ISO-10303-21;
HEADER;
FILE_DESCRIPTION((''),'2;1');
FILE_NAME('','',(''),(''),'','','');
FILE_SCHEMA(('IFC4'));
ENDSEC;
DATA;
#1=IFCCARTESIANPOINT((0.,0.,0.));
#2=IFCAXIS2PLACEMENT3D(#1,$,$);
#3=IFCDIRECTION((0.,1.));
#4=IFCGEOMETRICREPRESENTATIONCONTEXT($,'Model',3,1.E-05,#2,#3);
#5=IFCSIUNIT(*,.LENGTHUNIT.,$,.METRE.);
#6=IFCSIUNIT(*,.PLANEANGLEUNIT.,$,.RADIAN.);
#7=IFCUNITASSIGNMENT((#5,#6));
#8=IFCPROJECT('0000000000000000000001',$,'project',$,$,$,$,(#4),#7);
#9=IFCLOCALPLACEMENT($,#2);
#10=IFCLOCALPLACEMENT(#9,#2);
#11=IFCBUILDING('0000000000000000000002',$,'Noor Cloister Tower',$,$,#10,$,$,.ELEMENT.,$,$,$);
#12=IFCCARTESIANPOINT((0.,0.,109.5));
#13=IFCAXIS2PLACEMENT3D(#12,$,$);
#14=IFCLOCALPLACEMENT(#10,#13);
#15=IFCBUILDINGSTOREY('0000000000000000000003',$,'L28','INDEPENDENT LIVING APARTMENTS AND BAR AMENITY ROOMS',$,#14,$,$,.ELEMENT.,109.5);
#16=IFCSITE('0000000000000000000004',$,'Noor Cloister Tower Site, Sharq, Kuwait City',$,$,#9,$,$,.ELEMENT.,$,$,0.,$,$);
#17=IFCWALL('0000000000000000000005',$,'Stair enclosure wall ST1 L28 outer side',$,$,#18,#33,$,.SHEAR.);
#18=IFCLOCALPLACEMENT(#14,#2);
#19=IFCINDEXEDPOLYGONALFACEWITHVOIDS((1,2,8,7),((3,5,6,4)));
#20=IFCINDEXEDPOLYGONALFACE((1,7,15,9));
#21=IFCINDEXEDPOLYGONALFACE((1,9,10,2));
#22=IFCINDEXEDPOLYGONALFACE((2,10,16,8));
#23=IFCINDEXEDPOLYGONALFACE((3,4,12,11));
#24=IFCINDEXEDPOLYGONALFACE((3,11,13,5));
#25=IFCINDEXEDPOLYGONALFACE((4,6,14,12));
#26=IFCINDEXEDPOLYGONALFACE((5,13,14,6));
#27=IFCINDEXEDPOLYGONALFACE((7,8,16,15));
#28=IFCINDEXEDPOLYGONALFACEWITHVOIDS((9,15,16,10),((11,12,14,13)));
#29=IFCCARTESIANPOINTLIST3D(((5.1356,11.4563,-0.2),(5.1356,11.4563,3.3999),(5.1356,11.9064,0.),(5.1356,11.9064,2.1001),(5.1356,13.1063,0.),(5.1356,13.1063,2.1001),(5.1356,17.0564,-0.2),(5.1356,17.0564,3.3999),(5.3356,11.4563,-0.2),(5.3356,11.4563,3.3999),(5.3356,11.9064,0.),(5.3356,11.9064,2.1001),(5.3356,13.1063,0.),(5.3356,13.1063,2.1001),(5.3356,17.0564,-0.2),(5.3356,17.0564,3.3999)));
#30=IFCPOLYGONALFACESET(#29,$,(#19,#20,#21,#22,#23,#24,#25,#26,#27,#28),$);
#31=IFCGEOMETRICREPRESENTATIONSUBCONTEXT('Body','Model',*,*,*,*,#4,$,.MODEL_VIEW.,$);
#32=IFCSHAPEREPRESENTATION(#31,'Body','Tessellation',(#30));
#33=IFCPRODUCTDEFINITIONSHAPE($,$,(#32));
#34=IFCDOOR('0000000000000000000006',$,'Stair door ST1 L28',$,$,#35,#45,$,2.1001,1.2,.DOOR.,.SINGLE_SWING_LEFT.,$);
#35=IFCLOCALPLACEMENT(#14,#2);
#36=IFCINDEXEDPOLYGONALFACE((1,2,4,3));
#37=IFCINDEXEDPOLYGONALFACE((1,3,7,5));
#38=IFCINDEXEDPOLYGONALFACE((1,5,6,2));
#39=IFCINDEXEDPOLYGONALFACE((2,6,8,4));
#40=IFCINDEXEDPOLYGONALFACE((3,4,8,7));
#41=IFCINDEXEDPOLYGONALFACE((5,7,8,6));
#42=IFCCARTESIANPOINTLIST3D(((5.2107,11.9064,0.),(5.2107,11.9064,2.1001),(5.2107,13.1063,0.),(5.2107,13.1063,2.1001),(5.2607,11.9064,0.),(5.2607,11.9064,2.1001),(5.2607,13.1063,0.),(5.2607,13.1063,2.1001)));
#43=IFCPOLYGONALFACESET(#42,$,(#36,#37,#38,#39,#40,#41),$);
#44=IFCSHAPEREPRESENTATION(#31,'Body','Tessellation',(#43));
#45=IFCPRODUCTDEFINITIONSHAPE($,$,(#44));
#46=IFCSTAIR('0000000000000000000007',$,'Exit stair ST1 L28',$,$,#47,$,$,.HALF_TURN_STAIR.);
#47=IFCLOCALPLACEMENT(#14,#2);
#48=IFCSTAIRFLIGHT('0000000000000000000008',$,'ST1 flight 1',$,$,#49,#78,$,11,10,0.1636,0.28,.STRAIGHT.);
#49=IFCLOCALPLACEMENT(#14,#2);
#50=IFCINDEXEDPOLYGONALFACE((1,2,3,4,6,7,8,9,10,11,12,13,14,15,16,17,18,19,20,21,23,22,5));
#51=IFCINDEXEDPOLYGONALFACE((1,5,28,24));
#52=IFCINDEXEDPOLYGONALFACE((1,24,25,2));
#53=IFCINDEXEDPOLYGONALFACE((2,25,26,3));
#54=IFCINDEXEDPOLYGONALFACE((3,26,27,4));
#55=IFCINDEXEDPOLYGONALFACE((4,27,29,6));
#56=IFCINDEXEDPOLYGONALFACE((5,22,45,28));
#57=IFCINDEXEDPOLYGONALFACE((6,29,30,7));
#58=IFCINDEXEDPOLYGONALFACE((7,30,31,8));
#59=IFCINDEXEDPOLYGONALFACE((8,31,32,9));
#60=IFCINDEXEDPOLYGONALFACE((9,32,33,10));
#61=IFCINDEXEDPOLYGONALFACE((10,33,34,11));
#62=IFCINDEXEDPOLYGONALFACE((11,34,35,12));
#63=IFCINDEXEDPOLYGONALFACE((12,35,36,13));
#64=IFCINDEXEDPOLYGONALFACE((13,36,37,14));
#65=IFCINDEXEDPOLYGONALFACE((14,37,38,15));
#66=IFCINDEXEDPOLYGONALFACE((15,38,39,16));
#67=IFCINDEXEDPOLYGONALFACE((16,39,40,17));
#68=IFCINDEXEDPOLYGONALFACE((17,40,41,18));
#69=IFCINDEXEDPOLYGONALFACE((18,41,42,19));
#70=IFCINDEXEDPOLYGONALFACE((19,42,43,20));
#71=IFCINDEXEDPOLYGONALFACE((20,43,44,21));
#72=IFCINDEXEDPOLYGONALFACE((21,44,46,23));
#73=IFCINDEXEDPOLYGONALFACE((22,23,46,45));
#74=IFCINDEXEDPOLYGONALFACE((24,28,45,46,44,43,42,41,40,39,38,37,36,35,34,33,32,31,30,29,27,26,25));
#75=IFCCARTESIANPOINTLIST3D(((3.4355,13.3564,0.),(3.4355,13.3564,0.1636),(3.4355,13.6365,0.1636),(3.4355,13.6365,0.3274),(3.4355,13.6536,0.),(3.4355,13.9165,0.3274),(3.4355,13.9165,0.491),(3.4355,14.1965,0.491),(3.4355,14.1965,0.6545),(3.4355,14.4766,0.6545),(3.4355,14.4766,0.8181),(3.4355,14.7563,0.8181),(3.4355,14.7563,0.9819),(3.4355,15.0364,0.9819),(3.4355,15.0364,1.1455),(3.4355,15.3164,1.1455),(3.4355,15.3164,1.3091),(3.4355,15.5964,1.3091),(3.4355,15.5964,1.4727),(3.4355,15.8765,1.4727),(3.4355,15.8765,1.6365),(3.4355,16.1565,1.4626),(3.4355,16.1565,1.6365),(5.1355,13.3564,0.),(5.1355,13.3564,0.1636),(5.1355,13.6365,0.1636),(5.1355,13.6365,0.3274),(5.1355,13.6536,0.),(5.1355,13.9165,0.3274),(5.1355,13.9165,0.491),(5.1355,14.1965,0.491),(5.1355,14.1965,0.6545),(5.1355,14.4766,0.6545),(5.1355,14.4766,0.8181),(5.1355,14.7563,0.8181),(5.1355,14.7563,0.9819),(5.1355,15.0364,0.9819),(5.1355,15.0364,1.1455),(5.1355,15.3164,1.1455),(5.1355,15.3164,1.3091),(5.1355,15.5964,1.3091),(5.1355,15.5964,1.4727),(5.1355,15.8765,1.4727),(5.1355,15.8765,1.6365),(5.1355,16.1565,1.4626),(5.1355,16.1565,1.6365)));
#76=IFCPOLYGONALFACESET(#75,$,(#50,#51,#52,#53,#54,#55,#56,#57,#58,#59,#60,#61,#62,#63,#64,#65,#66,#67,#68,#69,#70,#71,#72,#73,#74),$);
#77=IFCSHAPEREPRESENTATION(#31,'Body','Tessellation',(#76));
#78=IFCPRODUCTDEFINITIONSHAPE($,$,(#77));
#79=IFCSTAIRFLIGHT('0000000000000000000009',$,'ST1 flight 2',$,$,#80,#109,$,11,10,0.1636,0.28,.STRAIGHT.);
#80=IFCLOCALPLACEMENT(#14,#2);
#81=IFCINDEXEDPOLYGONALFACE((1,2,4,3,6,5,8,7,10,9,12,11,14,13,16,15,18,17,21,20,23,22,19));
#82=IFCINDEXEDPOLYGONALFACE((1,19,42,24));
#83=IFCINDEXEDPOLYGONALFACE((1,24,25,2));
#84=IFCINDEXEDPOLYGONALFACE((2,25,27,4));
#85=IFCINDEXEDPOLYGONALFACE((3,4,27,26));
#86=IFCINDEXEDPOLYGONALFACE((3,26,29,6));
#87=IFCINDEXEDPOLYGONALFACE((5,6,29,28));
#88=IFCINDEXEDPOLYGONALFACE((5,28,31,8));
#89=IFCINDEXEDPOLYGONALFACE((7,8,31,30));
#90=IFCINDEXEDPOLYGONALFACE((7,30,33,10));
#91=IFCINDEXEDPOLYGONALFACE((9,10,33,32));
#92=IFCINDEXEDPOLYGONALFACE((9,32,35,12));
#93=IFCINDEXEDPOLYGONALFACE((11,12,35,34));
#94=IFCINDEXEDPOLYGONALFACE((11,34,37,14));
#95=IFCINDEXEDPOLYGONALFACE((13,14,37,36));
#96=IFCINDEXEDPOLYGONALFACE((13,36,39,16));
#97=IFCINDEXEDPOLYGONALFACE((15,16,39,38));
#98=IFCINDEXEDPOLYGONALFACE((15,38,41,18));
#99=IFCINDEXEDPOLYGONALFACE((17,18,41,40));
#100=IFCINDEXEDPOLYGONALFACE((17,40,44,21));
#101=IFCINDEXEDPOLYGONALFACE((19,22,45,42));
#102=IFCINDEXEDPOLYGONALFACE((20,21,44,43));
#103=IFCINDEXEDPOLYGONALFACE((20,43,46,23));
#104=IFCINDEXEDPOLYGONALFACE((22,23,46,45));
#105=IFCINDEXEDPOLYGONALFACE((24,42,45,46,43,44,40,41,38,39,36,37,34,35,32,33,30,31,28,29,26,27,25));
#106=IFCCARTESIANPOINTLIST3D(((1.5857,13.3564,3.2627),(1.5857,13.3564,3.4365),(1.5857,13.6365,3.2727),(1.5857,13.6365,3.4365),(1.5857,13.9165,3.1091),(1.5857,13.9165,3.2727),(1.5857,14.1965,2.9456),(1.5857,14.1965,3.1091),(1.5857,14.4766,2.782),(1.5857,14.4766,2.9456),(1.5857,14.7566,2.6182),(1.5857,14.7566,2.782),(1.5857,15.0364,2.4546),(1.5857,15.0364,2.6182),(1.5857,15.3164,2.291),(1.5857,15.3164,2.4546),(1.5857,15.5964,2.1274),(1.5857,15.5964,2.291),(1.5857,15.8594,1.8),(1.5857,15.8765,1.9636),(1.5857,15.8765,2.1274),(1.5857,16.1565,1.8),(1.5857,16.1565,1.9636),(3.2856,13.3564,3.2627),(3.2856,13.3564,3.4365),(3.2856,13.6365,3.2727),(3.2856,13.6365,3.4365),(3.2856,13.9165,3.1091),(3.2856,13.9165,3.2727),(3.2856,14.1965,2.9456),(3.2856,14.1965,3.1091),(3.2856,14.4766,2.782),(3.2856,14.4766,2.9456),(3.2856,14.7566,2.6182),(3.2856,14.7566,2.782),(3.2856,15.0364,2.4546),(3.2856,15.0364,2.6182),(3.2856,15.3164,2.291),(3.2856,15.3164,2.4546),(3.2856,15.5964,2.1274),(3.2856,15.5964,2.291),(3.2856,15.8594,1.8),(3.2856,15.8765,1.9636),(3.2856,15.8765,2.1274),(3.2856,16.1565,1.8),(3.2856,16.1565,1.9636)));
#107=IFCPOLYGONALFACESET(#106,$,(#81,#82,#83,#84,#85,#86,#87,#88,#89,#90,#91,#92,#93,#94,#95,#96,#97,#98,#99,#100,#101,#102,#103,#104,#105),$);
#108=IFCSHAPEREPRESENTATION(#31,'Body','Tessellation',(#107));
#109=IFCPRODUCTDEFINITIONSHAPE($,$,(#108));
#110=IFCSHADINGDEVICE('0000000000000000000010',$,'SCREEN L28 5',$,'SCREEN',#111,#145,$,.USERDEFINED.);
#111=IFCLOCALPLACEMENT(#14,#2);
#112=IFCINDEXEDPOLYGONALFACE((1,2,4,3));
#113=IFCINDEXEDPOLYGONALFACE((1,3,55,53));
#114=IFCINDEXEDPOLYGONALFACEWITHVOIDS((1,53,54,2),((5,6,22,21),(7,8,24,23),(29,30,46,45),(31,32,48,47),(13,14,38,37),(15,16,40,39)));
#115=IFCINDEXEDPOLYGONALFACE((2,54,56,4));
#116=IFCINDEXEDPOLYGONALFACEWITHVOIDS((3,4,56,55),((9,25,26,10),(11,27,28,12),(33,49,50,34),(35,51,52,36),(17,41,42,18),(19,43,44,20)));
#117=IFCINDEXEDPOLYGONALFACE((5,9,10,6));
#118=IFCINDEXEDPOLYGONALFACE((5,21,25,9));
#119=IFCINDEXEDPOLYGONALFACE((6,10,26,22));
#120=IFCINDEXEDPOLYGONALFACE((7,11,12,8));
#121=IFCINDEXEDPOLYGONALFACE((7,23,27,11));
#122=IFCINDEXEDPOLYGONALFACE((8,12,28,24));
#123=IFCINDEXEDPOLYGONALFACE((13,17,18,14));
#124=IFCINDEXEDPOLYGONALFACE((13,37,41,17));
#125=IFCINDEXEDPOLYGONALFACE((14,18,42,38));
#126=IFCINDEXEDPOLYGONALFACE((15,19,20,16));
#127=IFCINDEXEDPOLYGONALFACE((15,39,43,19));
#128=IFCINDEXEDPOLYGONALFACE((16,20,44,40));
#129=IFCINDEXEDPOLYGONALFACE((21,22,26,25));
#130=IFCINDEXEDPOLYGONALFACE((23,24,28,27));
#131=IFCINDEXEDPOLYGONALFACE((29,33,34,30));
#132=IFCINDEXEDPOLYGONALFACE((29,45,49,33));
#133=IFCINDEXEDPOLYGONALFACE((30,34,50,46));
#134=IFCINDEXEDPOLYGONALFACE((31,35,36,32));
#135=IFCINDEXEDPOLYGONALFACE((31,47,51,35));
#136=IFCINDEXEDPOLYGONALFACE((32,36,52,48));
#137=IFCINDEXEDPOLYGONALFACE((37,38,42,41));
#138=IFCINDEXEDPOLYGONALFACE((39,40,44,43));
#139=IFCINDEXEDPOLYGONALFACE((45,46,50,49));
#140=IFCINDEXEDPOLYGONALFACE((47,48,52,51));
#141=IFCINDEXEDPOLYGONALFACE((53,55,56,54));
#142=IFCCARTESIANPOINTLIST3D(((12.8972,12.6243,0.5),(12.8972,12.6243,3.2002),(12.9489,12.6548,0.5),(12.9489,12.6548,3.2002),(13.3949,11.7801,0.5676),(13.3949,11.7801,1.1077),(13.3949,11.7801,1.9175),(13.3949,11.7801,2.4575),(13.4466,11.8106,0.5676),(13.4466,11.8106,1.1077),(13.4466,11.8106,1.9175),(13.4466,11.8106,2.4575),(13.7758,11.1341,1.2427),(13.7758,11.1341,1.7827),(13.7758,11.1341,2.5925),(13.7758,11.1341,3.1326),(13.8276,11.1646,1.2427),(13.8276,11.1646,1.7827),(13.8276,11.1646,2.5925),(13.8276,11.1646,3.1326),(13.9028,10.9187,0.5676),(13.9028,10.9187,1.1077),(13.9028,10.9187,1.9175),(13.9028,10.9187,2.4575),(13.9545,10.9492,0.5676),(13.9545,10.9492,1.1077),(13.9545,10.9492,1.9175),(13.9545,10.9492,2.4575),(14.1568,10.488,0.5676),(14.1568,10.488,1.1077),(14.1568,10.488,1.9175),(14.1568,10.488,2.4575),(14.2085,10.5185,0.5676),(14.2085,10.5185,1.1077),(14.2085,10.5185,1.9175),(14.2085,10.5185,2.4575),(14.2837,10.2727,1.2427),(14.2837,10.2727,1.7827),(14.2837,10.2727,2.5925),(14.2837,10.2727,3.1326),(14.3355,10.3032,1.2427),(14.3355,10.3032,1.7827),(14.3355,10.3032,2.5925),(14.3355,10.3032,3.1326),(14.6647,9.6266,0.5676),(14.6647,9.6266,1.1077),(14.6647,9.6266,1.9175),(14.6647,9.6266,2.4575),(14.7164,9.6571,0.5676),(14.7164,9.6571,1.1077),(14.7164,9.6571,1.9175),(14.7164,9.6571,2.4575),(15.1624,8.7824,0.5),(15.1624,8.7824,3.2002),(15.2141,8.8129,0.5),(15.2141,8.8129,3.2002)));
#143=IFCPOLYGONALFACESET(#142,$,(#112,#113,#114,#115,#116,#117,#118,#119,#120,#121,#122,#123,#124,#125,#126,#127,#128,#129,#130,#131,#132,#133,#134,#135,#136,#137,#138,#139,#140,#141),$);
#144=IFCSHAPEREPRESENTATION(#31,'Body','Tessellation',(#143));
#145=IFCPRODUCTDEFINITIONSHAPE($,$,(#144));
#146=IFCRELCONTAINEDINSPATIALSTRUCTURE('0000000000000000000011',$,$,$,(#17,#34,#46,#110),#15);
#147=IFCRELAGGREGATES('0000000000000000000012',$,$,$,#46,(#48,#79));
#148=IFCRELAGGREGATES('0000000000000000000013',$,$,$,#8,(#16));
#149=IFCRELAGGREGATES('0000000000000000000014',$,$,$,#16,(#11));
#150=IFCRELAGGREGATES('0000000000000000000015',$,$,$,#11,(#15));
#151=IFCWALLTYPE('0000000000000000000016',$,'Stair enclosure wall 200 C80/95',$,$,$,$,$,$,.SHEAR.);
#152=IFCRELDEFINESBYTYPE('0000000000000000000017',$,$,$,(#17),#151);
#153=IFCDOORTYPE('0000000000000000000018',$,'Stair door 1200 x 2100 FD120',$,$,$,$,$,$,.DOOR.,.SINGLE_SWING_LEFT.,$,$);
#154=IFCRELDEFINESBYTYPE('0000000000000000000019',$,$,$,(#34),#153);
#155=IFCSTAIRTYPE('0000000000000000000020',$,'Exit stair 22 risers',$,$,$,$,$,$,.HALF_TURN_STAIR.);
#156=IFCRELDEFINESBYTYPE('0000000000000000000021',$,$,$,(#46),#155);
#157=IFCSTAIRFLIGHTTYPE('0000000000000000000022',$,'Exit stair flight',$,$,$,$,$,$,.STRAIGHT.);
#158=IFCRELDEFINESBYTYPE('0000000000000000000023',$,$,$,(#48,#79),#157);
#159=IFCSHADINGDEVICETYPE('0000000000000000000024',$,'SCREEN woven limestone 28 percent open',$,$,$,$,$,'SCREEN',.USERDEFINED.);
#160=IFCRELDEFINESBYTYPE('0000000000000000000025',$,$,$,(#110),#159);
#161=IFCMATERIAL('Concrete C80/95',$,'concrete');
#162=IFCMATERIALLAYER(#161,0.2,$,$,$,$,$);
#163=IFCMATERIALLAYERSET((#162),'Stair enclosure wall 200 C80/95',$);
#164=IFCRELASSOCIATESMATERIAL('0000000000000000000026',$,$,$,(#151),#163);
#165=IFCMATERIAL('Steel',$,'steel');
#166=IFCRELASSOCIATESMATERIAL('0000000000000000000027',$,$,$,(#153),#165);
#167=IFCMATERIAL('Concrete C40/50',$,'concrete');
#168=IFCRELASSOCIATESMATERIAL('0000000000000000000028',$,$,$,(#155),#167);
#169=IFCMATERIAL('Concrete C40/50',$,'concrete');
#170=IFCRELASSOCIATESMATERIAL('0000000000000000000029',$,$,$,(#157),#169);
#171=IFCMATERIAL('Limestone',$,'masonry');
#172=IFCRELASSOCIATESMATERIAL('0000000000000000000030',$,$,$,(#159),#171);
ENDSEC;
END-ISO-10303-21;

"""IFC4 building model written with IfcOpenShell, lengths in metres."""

from ifc_helpers import new_model, si_unit, direction, frame, frame_2d, origin, place, context, subcontext, project, spatial, polyline, rectangle, outline, extrude, material, layer, layer_set, material_profile, profile_set, type_object, element, fill, aggregate, save


model = new_model("IFC4")

# Units and contexts
model_context = context("Model", 3, precision=1e-05, world=origin(), true_north=direction((0.0, 1.0)))
body_context = subcontext(model_context, "Body", "Model", "MODEL_VIEW")
ifc_project = project(units=[si_unit("LENGTHUNIT", "METRE"), si_unit("PLANEANGLEUNIT", "RADIAN")], contexts=[model_context])

# Site, building, storey
site_placement = place(None, origin())
site = spatial("IfcSite", under=ifc_project, at=site_placement, Name="Noor Cloister Tower Site, Sharq, Kuwait City", CompositionType="ELEMENT", RefElevation=0.0)
building_placement = place(site_placement, origin())
building = spatial("IfcBuilding", under=site, at=building_placement, Name="Noor Cloister Tower", CompositionType="ELEMENT")
storey_placement = place(building_placement, frame((0.0, 0.0, 109.5)))
storey = spatial("IfcBuildingStorey", under=building, at=storey_placement, Name="L28", Description="INDEPENDENT LIVING APARTMENTS AND BAR AMENITY ROOMS", CompositionType="ELEMENT", Elevation=109.5)

# Wall, opening, door
ifc_material_1 = material(Name="Concrete C80/95", Category="concrete")
ifc_layer_1 = layer(ifc_material_1, 0.2)
ifc_layer_set_1 = layer_set([ifc_layer_1], Name="Stair enclosure wall 200 C80/95")
wall_type_1 = type_object("IfcWallType", Name="Stair enclosure wall 200 C80/95", PredefinedType="SHEAR", material=ifc_layer_set_1)
ifc_material_2 = material(Name="Steel", Category="steel")
door_type_1 = type_object("IfcDoorType", Name="Stair door 1200 x 2100 FD120", OperationType="SINGLE_SWING_LEFT", PredefinedType="DOOR", material=ifc_material_2)
wall_1_placement = place(storey_placement, frame((5.2356, 11.4563, -0.2), z_axis=(0.0, 0.0, 1.0), x_axis=(0.0, 1.0, 0.0)))
wall_1 = element("IfcWall", 1, at=wall_1_placement, inside=storey, type_object=wall_type_1, Name="Stair enclosure wall ST1 L28 outer side", PredefinedType="SHEAR", context=body_context, shape_type="SweptSolid", body=[
    extrude(rectangle(XDim=5.6001, YDim=0.2, at=frame_2d((2.8, 0.0))), origin(), (0.0, 0.0, 1.0), 3.5999),
])
opening_1_placement = place(wall_1_placement, frame((0.45, 0.0, 0.2)))
opening_1 = element("IfcOpeningElement", 2, at=opening_1_placement, cuts=wall_1, PredefinedType="OPENING", context=body_context, shape_type="SweptSolid", body=[
    extrude(rectangle(XDim=1.2, YDim=2.1001, at=frame_2d((0.6001, 1.05))), frame((0.0, 0.1099, 0.0), z_axis=(0.0, -1.0, 0.0), x_axis=(1.0, 0.0, 0.0)), (0.0, 0.0, 1.0), 0.22),
])
door_1_placement = place(opening_1_placement, origin())
door_1 = element("IfcDoor", 3, at=door_1_placement, inside=storey, type_object=door_type_1, Name="Stair door ST1 L28", OperationType="SINGLE_SWING_LEFT", OverallHeight=2.1001, OverallWidth=1.2, PredefinedType="DOOR", context=body_context, shape_type="SweptSolid", body=[
    extrude(rectangle(XDim=1.2, YDim=2.1001, at=frame_2d((0.6001, 1.05))), frame((0.0, 0.0249, 0.0), z_axis=(0.0, -1.0, 0.0), x_axis=(1.0, 0.0, 0.0)), (0.0, 0.0, 1.0), 0.05),
])
fill(opening_1, door_1)

# Stair, stair flights
ifc_material_3 = material(Name="Concrete C40/50", Category="concrete")
stair_type = type_object("IfcStairType", Name="Exit stair 22 risers", PredefinedType="HALF_TURN_STAIR", material=ifc_material_3)
stair_placement = place(storey_placement, origin())
stair = element("IfcStair", 4, at=stair_placement, inside=storey, type_object=stair_type, Name="Exit stair ST1 L28", PredefinedType="HALF_TURN_STAIR")
ifc_material_4 = material(Name="Concrete C40/50", Category="concrete")
stair_flight_type = type_object("IfcStairFlightType", Name="Exit stair flight", PredefinedType="STRAIGHT", material=ifc_material_4)
stair_flight_1_placement = place(storey_placement, frame((4.2856, 13.3564, 0.0), z_axis=(0.0, 0.0, 1.0), x_axis=(0.0, 1.0, 0.0)))
stair_flight_1 = element("IfcStairFlight", 5, at=stair_flight_1_placement, type_object=stair_flight_type, Name="ST1 flight 1", NumberOfRisers=11, NumberOfTreads=10, PredefinedType="STRAIGHT", RiserHeight=0.1636, TreadLength=0.28, context=body_context, shape_type="SweptSolid", body=[
    extrude(outline(polyline([(0.0, 0.0), (0.0, 0.1636), (0.28, 0.1636), (0.28, 0.3274), (0.5601, 0.3274), (0.5601, 0.491), (0.8401, 0.491), (0.8401, 0.6545), (1.1201, 0.6545), (1.1201, 0.8181), (1.3999, 0.8181), (1.3999, 0.9819), (1.6799, 0.9819), (1.6799, 1.1455), (1.96, 1.1455), (1.96, 1.3091), (2.24, 1.3091), (2.24, 1.4727), (2.52, 1.4727), (2.52, 1.6365), (2.8, 1.6365), (2.8, 1.8), (2.8, 1.4626), (0.2971, 0.0), (0.0, 0.0)])), frame((0.0, 0.8501, 0.0), z_axis=(0.0, -1.0, 0.0), x_axis=(1.0, 0.0, 0.0)), (0.0, 0.0, 1.0), 1.7),
])
stair_flight_2_placement = place(storey_placement, frame((2.4355, 16.1565, 1.8), z_axis=(0.0, 0.0, 1.0), x_axis=(0.0, -1.0, 0.0)))
stair_flight_2 = element("IfcStairFlight", 6, at=stair_flight_2_placement, type_object=stair_flight_type, Name="ST1 flight 2", NumberOfRisers=11, NumberOfTreads=10, PredefinedType="STRAIGHT", RiserHeight=0.1636, TreadLength=0.28, context=body_context, shape_type="SweptSolid", body=[
    extrude(outline(polyline([(0.0, 0.0), (0.0, 0.1636), (0.28, 0.1636), (0.28, 0.3274), (0.5601, 0.3274), (0.5601, 0.491), (0.8401, 0.491), (0.8401, 0.6545), (1.1201, 0.6545), (1.1201, 0.8181), (1.3999, 0.8181), (1.3999, 0.9819), (1.6799, 0.9819), (1.6799, 1.1455), (1.96, 1.1455), (1.96, 1.3091), (2.24, 1.3091), (2.24, 1.4727), (2.52, 1.4727), (2.52, 1.6365), (2.8, 1.6365), (2.8, 1.8), (2.8, 1.4626), (0.2971, 0.0), (0.0, 0.0)])), frame((0.0, 0.8501, 0.0), z_axis=(0.0, -1.0, 0.0), x_axis=(1.0, 0.0, 0.0)), (0.0, 0.0, 1.0), 1.7),
])
aggregate(stair, [stair_flight_1, stair_flight_2])

# Shading device
ifc_material_5 = material(Name="Limestone", Category="masonry")
ifc_material_profile_1 = material_profile(ifc_material_5, outline(polyline([(-2.23, -1.3501), (2.23, -1.3501), (2.23, 1.3501), (-2.23, 1.3501), (-2.23, -1.3501)]), holes=[polyline([(-1.25, -1.2825), (-0.25, -1.2825), (-0.25, -0.7424), (-1.25, -0.7424), (-1.25, -1.2825)]), polyline([(0.25, -1.2825), (1.25, -1.2825), (1.25, -0.7424), (0.25, -0.7424), (0.25, -1.2825)]), polyline([(-0.5, -0.6074), (0.5, -0.6074), (0.5, -0.0674), (-0.5, -0.0674), (-0.5, -0.6074)]), polyline([(-1.25, 0.0674), (-0.25, 0.0674), (-0.25, 0.6074), (-1.25, 0.6074), (-1.25, 0.0674)]), polyline([(0.25, 0.0674), (1.25, 0.0674), (1.25, 0.6074), (0.25, 0.6074), (0.25, 0.0674)]), polyline([(-0.5, 0.7424), (0.5, 0.7424), (0.5, 1.2825), (-0.5, 1.2825), (-0.5, 0.7424)])]), Name="Woven screen 28 percent open")
ifc_profile_set_1 = profile_set([ifc_material_profile_1], Name="Limestone")
shading_device_type = type_object("IfcShadingDeviceType", Name="SCREEN woven limestone 28 percent open", ElementType="SCREEN", PredefinedType="USERDEFINED", material=ifc_profile_set_1)
for number, where, z_axis, x_axis, name in (
    (7, (14.0298, 10.7034, 1.8501), (0.861411, 0.507908, 0.0), (-0.507908, 0.861411, 0.0), "SCREEN L28 5"),
):
    element("IfcShadingDevice", number, at=place(storey_placement, frame(where, z_axis=z_axis, x_axis=x_axis)), inside=storey, type_object=shading_device_type, Name=name, ObjectType="SCREEN", PredefinedType="USERDEFINED", context=body_context, shape_type="SweptSolid", body=[
        extrude(outline(polyline([(-2.23, -1.3501), (2.23, -1.3501), (2.23, 1.3501), (-2.23, 1.3501), (-2.23, -1.3501)]), holes=[polyline([(-1.25, -1.2825), (-0.25, -1.2825), (-0.25, -0.7424), (-1.25, -0.7424), (-1.25, -1.2825)]), polyline([(0.25, -1.2825), (1.25, -1.2825), (1.25, -0.7424), (0.25, -0.7424), (0.25, -1.2825)]), polyline([(-0.5, -0.6074), (0.5, -0.6074), (0.5, -0.0674), (-0.5, -0.0674), (-0.5, -0.6074)]), polyline([(-1.25, 0.0674), (-0.25, 0.0674), (-0.25, 0.6074), (-1.25, 0.6074), (-1.25, 0.0674)]), polyline([(0.25, 0.0674), (1.25, 0.0674), (1.25, 0.6074), (0.25, 0.6074), (0.25, 0.0674)]), polyline([(-0.5, 0.7424), (0.5, 0.7424), (0.5, 1.2825), (-0.5, 1.2825), (-0.5, 0.7424)])]), origin(), (0.0, 0.0, 1.0), 0.0601),
    ])

save(model, "model.ifc")
